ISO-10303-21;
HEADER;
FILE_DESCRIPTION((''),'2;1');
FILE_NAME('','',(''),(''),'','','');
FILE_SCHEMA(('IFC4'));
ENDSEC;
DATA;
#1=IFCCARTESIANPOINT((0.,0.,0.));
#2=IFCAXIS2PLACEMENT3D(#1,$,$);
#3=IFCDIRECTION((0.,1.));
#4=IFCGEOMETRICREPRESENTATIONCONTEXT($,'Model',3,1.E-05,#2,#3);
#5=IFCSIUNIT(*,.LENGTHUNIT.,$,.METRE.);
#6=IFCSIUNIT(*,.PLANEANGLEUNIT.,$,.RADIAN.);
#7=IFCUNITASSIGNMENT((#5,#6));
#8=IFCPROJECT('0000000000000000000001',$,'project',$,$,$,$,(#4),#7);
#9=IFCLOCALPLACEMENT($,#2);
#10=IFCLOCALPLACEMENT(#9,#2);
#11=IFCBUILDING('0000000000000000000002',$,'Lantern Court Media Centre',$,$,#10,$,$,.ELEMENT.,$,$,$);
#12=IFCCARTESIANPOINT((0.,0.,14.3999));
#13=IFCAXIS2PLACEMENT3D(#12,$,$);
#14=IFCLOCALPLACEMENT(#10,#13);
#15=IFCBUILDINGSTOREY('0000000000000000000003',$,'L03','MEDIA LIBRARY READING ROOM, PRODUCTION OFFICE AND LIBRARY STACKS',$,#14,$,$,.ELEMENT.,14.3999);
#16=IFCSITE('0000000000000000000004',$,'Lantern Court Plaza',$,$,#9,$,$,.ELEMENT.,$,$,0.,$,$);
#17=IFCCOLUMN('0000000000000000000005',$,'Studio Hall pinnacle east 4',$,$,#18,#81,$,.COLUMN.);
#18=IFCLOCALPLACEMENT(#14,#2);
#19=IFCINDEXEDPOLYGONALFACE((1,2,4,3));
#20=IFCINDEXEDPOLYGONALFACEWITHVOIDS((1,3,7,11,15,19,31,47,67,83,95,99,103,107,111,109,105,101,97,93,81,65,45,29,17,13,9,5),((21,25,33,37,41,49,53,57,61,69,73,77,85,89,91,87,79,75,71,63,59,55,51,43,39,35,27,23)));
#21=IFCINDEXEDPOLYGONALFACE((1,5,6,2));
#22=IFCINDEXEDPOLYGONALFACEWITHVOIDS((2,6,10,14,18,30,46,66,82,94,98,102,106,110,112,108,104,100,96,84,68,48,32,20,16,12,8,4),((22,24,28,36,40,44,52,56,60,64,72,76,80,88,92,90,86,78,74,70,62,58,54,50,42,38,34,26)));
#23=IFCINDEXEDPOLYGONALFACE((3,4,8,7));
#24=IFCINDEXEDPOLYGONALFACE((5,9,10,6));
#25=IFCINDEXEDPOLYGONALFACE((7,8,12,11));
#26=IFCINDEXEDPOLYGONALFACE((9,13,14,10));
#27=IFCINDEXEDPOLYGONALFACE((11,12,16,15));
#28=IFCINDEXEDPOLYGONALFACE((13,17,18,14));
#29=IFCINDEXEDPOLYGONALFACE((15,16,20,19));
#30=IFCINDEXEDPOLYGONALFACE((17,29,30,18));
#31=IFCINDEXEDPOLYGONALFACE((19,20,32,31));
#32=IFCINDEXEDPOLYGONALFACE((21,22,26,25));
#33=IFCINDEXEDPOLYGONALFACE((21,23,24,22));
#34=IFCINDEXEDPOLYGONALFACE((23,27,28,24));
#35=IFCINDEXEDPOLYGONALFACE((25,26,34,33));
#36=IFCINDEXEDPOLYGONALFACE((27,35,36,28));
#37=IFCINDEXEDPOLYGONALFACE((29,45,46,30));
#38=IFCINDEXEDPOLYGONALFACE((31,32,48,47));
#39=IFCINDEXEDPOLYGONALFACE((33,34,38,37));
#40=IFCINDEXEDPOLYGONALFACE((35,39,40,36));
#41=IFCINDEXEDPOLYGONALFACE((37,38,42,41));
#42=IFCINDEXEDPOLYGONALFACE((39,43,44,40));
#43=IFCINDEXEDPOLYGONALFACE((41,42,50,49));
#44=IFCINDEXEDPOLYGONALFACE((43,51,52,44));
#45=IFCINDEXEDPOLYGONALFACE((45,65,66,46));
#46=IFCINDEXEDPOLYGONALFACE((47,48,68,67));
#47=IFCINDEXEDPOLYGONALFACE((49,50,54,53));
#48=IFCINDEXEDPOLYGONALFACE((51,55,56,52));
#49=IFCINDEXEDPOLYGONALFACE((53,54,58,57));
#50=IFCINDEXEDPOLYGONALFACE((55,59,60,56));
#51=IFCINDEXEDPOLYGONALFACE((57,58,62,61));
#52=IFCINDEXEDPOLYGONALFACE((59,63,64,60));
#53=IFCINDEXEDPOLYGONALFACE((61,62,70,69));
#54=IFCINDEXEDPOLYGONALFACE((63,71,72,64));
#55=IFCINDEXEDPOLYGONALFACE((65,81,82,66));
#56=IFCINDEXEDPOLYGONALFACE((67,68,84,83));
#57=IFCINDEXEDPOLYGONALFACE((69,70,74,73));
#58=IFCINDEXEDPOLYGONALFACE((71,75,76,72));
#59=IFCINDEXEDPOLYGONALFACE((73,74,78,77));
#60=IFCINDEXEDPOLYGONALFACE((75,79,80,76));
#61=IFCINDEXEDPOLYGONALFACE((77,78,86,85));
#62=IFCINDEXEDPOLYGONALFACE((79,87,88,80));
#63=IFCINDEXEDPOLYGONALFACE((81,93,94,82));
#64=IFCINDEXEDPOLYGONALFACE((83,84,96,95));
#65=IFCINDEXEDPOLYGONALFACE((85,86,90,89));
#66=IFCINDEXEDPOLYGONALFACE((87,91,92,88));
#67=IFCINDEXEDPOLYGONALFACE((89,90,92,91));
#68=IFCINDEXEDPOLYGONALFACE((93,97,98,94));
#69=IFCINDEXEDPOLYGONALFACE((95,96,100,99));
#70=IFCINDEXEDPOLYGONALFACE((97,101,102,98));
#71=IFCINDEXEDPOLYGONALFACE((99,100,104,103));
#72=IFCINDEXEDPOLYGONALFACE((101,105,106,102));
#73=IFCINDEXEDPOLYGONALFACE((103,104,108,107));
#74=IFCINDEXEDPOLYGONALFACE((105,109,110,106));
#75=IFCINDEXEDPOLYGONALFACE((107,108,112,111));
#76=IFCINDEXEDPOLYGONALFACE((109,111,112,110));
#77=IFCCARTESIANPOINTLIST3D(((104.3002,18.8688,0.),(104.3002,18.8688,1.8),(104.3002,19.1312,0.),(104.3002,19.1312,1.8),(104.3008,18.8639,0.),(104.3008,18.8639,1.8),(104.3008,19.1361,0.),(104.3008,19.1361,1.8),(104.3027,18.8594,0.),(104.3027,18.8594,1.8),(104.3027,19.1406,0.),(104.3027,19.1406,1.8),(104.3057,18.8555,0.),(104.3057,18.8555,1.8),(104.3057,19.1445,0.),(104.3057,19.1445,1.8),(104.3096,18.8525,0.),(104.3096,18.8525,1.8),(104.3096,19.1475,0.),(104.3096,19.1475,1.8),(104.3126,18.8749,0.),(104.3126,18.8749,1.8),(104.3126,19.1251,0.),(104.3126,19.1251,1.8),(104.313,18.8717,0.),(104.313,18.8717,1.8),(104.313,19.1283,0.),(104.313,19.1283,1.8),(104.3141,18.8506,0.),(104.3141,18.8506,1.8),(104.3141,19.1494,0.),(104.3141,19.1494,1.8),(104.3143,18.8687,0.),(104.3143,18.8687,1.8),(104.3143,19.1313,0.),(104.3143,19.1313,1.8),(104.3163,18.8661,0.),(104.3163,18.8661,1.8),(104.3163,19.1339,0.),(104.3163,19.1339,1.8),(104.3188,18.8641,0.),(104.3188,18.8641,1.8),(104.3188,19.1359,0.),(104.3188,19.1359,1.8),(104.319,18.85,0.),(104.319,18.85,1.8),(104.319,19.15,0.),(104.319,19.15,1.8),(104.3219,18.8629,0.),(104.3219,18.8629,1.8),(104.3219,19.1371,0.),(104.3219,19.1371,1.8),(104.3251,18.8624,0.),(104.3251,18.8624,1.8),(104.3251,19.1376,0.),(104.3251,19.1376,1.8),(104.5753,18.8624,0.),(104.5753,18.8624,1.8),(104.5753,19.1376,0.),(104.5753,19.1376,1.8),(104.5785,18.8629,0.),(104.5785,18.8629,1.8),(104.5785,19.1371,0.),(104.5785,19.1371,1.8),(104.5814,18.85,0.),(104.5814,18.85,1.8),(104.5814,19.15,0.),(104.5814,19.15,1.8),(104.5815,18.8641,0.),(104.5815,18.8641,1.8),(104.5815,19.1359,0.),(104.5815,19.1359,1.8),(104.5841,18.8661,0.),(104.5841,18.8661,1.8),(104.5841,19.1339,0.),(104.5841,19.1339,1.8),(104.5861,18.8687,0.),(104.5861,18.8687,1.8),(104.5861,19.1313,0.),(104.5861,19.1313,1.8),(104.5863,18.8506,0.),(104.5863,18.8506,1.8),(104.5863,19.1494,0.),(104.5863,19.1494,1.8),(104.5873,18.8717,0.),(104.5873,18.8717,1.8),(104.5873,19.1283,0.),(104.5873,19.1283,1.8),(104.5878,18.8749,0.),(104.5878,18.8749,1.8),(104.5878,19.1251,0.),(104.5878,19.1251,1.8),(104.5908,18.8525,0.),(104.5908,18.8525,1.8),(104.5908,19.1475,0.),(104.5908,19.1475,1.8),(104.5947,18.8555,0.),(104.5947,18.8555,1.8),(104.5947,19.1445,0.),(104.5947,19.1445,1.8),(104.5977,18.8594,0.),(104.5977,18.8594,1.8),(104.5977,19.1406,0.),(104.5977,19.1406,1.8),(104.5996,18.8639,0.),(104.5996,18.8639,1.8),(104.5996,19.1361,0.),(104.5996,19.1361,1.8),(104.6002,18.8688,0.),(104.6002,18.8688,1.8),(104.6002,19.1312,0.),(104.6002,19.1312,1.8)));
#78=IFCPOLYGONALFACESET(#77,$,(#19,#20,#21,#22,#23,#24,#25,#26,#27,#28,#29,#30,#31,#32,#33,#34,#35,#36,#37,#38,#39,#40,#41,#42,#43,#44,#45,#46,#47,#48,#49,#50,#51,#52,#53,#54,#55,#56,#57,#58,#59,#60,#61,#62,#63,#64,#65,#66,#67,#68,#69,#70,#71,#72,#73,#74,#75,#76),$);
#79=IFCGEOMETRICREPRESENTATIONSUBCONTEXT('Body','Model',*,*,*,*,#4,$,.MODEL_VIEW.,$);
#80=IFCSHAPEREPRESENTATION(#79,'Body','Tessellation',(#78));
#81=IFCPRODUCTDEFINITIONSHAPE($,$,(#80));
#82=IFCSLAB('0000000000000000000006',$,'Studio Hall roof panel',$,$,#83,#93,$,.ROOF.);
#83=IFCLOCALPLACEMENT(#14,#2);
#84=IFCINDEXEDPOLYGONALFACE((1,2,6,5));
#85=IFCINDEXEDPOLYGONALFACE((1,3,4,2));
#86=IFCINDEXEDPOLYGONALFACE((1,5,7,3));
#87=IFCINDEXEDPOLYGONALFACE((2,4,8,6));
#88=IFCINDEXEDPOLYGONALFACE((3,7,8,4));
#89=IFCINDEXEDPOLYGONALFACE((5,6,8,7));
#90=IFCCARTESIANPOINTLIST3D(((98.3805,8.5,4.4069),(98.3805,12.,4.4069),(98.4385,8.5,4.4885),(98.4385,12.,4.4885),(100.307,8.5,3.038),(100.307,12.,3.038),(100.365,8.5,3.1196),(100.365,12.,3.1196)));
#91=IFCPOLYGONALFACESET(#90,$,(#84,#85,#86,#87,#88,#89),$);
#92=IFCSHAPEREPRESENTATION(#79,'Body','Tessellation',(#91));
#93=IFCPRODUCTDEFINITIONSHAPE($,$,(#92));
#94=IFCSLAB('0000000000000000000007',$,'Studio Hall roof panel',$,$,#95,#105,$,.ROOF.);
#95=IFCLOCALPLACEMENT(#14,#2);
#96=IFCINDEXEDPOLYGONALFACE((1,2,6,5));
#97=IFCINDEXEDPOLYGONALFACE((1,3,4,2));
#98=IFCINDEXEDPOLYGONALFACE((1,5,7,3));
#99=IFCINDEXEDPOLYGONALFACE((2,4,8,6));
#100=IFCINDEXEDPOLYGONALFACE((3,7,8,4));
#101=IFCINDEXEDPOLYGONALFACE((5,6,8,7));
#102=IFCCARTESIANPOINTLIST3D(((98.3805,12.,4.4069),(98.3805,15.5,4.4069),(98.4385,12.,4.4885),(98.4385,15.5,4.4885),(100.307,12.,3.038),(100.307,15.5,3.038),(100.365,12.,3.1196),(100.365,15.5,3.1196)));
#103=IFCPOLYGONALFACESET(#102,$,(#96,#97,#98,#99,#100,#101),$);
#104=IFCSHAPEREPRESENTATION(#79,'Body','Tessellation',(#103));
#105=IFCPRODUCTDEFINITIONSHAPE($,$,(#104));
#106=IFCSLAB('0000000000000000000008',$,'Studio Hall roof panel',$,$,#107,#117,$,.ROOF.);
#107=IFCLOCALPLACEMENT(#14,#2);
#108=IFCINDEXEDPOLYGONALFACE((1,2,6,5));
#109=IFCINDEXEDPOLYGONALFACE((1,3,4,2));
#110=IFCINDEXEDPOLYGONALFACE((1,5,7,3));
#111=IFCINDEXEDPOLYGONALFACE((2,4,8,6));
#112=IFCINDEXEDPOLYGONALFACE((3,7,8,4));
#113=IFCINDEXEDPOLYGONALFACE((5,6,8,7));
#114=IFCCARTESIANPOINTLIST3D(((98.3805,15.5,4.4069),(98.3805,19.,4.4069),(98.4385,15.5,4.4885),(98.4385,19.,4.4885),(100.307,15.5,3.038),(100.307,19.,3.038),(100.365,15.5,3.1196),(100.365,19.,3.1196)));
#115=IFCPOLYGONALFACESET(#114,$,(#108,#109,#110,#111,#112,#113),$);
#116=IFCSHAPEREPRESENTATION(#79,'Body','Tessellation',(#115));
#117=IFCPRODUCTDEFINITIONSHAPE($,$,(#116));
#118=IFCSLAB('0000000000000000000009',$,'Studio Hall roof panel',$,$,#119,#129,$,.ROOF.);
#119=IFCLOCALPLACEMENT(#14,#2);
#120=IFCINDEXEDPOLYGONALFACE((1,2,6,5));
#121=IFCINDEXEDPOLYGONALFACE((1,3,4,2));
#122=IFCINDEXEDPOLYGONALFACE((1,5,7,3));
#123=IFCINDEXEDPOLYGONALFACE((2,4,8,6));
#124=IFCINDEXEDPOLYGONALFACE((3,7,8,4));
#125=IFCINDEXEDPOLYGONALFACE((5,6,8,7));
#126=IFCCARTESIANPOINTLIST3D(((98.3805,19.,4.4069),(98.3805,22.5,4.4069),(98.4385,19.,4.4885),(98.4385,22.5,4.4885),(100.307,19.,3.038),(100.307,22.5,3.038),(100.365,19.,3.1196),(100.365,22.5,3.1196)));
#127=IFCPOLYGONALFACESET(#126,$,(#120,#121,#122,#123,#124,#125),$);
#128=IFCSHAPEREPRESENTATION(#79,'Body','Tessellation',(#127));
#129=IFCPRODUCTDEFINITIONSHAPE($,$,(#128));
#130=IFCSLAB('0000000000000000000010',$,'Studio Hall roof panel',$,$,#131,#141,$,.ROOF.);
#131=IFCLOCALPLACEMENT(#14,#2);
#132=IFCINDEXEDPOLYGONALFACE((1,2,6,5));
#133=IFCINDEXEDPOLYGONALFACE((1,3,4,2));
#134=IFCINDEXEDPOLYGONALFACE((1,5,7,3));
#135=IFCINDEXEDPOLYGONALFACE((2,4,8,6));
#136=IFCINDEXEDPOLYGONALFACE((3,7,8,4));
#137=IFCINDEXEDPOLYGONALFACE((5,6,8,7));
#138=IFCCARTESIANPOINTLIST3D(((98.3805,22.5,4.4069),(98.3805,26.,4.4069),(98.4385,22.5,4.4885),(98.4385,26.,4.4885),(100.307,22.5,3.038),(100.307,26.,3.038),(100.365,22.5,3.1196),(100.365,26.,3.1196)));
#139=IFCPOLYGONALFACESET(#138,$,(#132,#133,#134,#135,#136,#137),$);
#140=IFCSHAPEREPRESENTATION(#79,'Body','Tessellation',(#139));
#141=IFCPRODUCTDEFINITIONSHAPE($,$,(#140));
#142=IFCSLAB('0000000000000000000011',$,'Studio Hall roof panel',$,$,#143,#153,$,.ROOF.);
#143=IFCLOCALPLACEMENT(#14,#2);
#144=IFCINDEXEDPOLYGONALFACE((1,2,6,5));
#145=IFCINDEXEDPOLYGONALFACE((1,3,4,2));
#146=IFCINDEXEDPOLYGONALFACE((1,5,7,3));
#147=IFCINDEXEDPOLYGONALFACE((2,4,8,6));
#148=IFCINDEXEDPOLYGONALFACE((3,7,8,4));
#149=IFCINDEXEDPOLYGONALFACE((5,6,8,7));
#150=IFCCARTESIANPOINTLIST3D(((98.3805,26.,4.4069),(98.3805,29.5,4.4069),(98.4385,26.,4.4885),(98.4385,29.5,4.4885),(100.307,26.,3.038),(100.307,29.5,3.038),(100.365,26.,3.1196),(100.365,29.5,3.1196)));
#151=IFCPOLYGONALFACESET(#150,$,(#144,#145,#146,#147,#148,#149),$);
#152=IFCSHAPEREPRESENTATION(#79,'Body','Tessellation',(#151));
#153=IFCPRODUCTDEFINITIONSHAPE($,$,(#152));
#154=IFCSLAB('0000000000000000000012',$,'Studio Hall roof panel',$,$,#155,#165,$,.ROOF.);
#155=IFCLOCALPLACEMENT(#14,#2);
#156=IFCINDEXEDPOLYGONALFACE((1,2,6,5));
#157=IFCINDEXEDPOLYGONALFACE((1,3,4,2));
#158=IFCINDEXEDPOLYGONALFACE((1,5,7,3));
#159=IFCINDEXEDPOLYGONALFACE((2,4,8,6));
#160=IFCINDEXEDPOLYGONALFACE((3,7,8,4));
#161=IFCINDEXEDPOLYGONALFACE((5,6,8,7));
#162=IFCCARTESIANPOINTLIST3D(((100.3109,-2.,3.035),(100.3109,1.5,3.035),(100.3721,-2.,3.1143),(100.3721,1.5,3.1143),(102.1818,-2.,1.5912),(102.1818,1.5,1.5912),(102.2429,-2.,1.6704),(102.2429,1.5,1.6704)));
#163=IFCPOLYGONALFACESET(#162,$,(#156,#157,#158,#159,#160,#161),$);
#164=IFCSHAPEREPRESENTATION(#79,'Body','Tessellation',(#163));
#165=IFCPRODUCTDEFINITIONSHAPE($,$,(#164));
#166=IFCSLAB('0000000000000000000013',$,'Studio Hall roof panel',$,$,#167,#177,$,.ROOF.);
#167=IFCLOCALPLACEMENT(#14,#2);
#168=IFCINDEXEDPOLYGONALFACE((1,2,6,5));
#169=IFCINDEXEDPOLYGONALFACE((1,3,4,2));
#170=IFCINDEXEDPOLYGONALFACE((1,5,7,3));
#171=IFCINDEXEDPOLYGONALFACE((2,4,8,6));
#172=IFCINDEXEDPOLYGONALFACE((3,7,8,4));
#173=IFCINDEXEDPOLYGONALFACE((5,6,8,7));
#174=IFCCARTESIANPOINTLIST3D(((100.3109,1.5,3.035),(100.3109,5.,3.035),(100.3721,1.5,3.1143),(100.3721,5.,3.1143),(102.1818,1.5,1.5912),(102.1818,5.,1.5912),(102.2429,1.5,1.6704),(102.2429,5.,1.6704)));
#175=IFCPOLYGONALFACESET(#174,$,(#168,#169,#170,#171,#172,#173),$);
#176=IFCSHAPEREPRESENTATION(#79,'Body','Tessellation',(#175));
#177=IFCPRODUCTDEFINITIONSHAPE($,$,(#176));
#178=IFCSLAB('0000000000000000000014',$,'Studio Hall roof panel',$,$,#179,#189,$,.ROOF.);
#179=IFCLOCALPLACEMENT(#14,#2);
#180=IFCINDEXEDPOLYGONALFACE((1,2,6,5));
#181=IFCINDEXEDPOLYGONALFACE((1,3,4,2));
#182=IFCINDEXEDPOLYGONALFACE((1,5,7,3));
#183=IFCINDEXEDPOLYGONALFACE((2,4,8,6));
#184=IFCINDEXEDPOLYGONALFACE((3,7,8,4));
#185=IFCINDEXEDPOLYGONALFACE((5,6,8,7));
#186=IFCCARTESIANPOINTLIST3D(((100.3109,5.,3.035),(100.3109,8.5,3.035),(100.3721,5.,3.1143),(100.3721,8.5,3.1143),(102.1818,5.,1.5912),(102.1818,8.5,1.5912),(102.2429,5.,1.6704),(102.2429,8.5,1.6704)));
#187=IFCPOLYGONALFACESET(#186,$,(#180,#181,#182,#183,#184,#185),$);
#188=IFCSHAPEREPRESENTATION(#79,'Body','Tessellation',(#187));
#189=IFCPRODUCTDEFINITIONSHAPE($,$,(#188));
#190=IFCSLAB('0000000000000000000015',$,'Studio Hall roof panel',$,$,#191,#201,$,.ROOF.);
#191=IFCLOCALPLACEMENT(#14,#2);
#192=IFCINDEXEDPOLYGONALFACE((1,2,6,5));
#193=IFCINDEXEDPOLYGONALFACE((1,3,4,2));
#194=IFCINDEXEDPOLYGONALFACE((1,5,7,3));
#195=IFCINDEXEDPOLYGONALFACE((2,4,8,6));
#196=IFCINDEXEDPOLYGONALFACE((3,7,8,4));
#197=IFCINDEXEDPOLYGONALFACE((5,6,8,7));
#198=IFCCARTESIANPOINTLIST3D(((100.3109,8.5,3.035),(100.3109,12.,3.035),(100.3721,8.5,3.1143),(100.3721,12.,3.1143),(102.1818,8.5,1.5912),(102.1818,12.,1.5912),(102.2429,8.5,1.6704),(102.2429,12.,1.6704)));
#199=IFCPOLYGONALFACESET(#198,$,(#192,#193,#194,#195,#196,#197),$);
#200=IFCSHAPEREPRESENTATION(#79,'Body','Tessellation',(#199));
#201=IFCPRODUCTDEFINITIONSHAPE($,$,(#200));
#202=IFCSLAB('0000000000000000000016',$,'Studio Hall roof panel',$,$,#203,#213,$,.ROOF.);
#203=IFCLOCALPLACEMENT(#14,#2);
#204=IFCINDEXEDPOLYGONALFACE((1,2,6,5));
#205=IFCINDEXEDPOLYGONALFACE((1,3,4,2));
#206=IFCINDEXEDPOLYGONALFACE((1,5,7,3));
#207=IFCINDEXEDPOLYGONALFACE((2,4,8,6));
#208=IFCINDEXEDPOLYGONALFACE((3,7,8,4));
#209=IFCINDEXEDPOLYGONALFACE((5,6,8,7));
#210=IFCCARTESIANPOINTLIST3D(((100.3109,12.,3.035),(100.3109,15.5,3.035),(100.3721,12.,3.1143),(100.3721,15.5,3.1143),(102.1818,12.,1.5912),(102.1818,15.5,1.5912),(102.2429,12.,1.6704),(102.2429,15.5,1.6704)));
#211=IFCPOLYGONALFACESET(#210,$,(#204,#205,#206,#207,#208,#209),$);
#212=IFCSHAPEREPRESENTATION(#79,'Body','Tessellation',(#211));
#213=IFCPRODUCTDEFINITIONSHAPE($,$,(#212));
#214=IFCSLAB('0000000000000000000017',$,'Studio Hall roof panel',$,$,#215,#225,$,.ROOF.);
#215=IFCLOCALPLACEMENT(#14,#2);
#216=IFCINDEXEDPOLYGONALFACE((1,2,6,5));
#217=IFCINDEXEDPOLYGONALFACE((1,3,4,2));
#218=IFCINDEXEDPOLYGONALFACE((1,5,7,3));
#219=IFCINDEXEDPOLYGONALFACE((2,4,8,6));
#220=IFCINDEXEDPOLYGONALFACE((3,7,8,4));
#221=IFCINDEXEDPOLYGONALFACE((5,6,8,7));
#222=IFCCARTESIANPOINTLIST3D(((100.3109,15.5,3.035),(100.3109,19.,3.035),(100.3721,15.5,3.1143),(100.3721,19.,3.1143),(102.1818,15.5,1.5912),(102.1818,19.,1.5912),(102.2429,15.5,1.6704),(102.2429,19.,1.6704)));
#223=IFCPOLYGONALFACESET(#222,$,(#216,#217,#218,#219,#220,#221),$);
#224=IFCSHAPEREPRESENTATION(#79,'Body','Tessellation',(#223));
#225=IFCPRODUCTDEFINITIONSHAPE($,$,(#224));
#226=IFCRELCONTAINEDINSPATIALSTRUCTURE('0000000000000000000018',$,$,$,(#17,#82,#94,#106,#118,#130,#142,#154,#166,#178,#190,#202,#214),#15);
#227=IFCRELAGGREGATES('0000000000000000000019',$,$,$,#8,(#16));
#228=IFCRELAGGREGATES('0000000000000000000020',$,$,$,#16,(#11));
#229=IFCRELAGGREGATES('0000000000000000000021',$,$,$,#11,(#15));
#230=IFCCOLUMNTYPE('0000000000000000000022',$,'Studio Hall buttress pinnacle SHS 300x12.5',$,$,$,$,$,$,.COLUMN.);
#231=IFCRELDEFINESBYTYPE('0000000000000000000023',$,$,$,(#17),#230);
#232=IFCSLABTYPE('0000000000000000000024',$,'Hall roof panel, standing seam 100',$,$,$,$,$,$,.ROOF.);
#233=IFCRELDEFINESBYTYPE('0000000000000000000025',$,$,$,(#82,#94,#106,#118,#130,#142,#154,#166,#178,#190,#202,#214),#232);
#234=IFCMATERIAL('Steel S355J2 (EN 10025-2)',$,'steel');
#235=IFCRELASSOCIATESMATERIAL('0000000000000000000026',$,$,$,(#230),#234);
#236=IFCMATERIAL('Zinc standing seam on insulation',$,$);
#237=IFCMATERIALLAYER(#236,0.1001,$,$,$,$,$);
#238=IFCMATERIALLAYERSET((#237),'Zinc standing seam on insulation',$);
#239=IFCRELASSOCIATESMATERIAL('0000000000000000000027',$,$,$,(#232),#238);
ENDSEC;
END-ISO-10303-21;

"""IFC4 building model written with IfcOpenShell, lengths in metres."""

from ifc_helpers import new_model, si_unit, direction, frame, origin, origin_2d, place, context, subcontext, project, spatial, polyline, hollow_rectangle, outline, extrude, material, layer, layer_set, material_profile, profile_set, type_object, element, save


model = new_model("IFC4")

# Units and contexts
model_context = context("Model", 3, precision=1e-05, world=origin(), true_north=direction((0.0, 1.0)))
body_context = subcontext(model_context, "Body", "Model", "MODEL_VIEW")
ifc_project = project(units=[si_unit("LENGTHUNIT", "METRE"), si_unit("PLANEANGLEUNIT", "RADIAN")], contexts=[model_context])

# Site, building, storey
site_placement = place(None, origin())
site = spatial("IfcSite", under=ifc_project, at=site_placement, Name="Lantern Court Plaza", CompositionType="ELEMENT", RefElevation=0.0)
building_placement = place(site_placement, origin())
building = spatial("IfcBuilding", under=site, at=building_placement, Name="Lantern Court Media Centre", CompositionType="ELEMENT")
storey_placement = place(building_placement, frame((0.0, 0.0, 14.3999)))
storey = spatial("IfcBuildingStorey", under=building, at=storey_placement, Name="L03", Description="MEDIA LIBRARY READING ROOM, PRODUCTION OFFICE AND LIBRARY STACKS", CompositionType="ELEMENT", Elevation=14.3999)

# Column
ifc_material_1 = material(Name="Steel S355J2 (EN 10025-2)", Category="steel")
ifc_material_profile = material_profile(ifc_material_1, hollow_rectangle(XDim=0.3, YDim=0.3, WallThickness=0.0125, InnerFilletRadius=0.0125, OuterFilletRadius=0.0188, at=origin_2d()), Name="Studio Hall buttress pinnacle SHS 300x12.5")
ifc_profile_set = profile_set([ifc_material_profile], Name="Steel S355J2 (EN 10025-2)")
column_type = type_object("IfcColumnType", Name="Studio Hall buttress pinnacle SHS 300x12.5", PredefinedType="COLUMN", material=ifc_profile_set)
for number, where, z_axis, x_axis, name in (
    (1, (104.4502, 19.0, 0.0), (0.0, 0.0, 1.0), (1.0, 0.0, 0.0), "Studio Hall pinnacle east 4"),
):
    element("IfcColumn", number, at=place(storey_placement, frame(where, z_axis=z_axis, x_axis=x_axis)), inside=storey, type_object=column_type, Name=name, PredefinedType="COLUMN", context=body_context, shape_type="SweptSolid", body=[
        extrude(hollow_rectangle(XDim=0.3, YDim=0.3, WallThickness=0.0125, InnerFilletRadius=0.0125, OuterFilletRadius=0.0188, at=origin_2d()), origin(), (0.0, 0.0, 1.0), 1.8),
    ])

# Slabs
ifc_material_2 = material(Name="Zinc standing seam on insulation")
ifc_layer_1 = layer(ifc_material_2, 0.1001)
ifc_layer_set_1 = layer_set([ifc_layer_1], Name="Zinc standing seam on insulation")
slab_type = type_object("IfcSlabType", Name="Hall roof panel, standing seam 100", PredefinedType="ROOF", material=ifc_layer_set_1)
for number, where, z_axis, x_axis, name in (
    (2, (98.4385, 8.5, 4.4885), (0.579223, 0.0, 0.815169), (0.815169, 0.0, -0.579223), "Studio Hall roof panel"),
    (3, (98.4385, 12.0, 4.4885), (0.579223, 0.0, 0.815169), (0.815169, 0.0, -0.579223), "Studio Hall roof panel"),
    (4, (98.4385, 15.5, 4.4885), (0.579223, 0.0, 0.815169), (0.815169, 0.0, -0.579223), "Studio Hall roof panel"),
    (5, (98.4385, 19.0, 4.4885), (0.579223, 0.0, 0.815169), (0.815169, 0.0, -0.579223), "Studio Hall roof panel"),
    (6, (98.4385, 22.5, 4.4885), (0.579223, 0.0, 0.815169), (0.815169, 0.0, -0.579223), "Studio Hall roof panel"),
    (7, (98.4385, 26.0, 4.4885), (0.579223, 0.0, 0.815169), (0.815169, 0.0, -0.579223), "Studio Hall roof panel"),
):
    element("IfcSlab", number, at=place(storey_placement, frame(where, z_axis=z_axis, x_axis=x_axis)), inside=storey, type_object=slab_type, Name=name, PredefinedType="ROOF", context=body_context, shape_type="SweptSolid", body=[
        extrude(outline(polyline([(0.0, 0.0), (2.3633, 0.0), (2.3633, 3.5), (0.0, 3.5), (0.0, 0.0)])), origin(), (0.0, 0.0, -1.0), 0.1001),
    ])
for number, where, z_axis, x_axis, name in (
    (8, (100.3721, -2.0, 3.1143), (0.610968, 0.0, 0.791655), (0.791655, 0.0, -0.610968), "Studio Hall roof panel"),
    (9, (100.3721, 1.5, 3.1143), (0.610968, 0.0, 0.791655), (0.791655, 0.0, -0.610968), "Studio Hall roof panel"),
    (10, (100.3721, 5.0, 3.1143), (0.610968, 0.0, 0.791655), (0.791655, 0.0, -0.610968), "Studio Hall roof panel"),
    (11, (100.3721, 8.5, 3.1143), (0.610968, 0.0, 0.791655), (0.791655, 0.0, -0.610968), "Studio Hall roof panel"),
    (12, (100.3721, 12.0, 3.1143), (0.610968, 0.0, 0.791655), (0.791655, 0.0, -0.610968), "Studio Hall roof panel"),
    (13, (100.3721, 15.5, 3.1143), (0.610968, 0.0, 0.791655), (0.791655, 0.0, -0.610968), "Studio Hall roof panel"),
):
    element("IfcSlab", number, at=place(storey_placement, frame(where, z_axis=z_axis, x_axis=x_axis)), inside=storey, type_object=slab_type, Name=name, PredefinedType="ROOF", context=body_context, shape_type="SweptSolid", body=[
        extrude(outline(polyline([(0.0, 0.0), (2.3632, 0.0), (2.3632, 3.5), (0.0, 3.5), (0.0, 0.0)])), origin(), (0.0, 0.0, -1.0), 0.1001),
    ])

save(model, "model.ifc")
